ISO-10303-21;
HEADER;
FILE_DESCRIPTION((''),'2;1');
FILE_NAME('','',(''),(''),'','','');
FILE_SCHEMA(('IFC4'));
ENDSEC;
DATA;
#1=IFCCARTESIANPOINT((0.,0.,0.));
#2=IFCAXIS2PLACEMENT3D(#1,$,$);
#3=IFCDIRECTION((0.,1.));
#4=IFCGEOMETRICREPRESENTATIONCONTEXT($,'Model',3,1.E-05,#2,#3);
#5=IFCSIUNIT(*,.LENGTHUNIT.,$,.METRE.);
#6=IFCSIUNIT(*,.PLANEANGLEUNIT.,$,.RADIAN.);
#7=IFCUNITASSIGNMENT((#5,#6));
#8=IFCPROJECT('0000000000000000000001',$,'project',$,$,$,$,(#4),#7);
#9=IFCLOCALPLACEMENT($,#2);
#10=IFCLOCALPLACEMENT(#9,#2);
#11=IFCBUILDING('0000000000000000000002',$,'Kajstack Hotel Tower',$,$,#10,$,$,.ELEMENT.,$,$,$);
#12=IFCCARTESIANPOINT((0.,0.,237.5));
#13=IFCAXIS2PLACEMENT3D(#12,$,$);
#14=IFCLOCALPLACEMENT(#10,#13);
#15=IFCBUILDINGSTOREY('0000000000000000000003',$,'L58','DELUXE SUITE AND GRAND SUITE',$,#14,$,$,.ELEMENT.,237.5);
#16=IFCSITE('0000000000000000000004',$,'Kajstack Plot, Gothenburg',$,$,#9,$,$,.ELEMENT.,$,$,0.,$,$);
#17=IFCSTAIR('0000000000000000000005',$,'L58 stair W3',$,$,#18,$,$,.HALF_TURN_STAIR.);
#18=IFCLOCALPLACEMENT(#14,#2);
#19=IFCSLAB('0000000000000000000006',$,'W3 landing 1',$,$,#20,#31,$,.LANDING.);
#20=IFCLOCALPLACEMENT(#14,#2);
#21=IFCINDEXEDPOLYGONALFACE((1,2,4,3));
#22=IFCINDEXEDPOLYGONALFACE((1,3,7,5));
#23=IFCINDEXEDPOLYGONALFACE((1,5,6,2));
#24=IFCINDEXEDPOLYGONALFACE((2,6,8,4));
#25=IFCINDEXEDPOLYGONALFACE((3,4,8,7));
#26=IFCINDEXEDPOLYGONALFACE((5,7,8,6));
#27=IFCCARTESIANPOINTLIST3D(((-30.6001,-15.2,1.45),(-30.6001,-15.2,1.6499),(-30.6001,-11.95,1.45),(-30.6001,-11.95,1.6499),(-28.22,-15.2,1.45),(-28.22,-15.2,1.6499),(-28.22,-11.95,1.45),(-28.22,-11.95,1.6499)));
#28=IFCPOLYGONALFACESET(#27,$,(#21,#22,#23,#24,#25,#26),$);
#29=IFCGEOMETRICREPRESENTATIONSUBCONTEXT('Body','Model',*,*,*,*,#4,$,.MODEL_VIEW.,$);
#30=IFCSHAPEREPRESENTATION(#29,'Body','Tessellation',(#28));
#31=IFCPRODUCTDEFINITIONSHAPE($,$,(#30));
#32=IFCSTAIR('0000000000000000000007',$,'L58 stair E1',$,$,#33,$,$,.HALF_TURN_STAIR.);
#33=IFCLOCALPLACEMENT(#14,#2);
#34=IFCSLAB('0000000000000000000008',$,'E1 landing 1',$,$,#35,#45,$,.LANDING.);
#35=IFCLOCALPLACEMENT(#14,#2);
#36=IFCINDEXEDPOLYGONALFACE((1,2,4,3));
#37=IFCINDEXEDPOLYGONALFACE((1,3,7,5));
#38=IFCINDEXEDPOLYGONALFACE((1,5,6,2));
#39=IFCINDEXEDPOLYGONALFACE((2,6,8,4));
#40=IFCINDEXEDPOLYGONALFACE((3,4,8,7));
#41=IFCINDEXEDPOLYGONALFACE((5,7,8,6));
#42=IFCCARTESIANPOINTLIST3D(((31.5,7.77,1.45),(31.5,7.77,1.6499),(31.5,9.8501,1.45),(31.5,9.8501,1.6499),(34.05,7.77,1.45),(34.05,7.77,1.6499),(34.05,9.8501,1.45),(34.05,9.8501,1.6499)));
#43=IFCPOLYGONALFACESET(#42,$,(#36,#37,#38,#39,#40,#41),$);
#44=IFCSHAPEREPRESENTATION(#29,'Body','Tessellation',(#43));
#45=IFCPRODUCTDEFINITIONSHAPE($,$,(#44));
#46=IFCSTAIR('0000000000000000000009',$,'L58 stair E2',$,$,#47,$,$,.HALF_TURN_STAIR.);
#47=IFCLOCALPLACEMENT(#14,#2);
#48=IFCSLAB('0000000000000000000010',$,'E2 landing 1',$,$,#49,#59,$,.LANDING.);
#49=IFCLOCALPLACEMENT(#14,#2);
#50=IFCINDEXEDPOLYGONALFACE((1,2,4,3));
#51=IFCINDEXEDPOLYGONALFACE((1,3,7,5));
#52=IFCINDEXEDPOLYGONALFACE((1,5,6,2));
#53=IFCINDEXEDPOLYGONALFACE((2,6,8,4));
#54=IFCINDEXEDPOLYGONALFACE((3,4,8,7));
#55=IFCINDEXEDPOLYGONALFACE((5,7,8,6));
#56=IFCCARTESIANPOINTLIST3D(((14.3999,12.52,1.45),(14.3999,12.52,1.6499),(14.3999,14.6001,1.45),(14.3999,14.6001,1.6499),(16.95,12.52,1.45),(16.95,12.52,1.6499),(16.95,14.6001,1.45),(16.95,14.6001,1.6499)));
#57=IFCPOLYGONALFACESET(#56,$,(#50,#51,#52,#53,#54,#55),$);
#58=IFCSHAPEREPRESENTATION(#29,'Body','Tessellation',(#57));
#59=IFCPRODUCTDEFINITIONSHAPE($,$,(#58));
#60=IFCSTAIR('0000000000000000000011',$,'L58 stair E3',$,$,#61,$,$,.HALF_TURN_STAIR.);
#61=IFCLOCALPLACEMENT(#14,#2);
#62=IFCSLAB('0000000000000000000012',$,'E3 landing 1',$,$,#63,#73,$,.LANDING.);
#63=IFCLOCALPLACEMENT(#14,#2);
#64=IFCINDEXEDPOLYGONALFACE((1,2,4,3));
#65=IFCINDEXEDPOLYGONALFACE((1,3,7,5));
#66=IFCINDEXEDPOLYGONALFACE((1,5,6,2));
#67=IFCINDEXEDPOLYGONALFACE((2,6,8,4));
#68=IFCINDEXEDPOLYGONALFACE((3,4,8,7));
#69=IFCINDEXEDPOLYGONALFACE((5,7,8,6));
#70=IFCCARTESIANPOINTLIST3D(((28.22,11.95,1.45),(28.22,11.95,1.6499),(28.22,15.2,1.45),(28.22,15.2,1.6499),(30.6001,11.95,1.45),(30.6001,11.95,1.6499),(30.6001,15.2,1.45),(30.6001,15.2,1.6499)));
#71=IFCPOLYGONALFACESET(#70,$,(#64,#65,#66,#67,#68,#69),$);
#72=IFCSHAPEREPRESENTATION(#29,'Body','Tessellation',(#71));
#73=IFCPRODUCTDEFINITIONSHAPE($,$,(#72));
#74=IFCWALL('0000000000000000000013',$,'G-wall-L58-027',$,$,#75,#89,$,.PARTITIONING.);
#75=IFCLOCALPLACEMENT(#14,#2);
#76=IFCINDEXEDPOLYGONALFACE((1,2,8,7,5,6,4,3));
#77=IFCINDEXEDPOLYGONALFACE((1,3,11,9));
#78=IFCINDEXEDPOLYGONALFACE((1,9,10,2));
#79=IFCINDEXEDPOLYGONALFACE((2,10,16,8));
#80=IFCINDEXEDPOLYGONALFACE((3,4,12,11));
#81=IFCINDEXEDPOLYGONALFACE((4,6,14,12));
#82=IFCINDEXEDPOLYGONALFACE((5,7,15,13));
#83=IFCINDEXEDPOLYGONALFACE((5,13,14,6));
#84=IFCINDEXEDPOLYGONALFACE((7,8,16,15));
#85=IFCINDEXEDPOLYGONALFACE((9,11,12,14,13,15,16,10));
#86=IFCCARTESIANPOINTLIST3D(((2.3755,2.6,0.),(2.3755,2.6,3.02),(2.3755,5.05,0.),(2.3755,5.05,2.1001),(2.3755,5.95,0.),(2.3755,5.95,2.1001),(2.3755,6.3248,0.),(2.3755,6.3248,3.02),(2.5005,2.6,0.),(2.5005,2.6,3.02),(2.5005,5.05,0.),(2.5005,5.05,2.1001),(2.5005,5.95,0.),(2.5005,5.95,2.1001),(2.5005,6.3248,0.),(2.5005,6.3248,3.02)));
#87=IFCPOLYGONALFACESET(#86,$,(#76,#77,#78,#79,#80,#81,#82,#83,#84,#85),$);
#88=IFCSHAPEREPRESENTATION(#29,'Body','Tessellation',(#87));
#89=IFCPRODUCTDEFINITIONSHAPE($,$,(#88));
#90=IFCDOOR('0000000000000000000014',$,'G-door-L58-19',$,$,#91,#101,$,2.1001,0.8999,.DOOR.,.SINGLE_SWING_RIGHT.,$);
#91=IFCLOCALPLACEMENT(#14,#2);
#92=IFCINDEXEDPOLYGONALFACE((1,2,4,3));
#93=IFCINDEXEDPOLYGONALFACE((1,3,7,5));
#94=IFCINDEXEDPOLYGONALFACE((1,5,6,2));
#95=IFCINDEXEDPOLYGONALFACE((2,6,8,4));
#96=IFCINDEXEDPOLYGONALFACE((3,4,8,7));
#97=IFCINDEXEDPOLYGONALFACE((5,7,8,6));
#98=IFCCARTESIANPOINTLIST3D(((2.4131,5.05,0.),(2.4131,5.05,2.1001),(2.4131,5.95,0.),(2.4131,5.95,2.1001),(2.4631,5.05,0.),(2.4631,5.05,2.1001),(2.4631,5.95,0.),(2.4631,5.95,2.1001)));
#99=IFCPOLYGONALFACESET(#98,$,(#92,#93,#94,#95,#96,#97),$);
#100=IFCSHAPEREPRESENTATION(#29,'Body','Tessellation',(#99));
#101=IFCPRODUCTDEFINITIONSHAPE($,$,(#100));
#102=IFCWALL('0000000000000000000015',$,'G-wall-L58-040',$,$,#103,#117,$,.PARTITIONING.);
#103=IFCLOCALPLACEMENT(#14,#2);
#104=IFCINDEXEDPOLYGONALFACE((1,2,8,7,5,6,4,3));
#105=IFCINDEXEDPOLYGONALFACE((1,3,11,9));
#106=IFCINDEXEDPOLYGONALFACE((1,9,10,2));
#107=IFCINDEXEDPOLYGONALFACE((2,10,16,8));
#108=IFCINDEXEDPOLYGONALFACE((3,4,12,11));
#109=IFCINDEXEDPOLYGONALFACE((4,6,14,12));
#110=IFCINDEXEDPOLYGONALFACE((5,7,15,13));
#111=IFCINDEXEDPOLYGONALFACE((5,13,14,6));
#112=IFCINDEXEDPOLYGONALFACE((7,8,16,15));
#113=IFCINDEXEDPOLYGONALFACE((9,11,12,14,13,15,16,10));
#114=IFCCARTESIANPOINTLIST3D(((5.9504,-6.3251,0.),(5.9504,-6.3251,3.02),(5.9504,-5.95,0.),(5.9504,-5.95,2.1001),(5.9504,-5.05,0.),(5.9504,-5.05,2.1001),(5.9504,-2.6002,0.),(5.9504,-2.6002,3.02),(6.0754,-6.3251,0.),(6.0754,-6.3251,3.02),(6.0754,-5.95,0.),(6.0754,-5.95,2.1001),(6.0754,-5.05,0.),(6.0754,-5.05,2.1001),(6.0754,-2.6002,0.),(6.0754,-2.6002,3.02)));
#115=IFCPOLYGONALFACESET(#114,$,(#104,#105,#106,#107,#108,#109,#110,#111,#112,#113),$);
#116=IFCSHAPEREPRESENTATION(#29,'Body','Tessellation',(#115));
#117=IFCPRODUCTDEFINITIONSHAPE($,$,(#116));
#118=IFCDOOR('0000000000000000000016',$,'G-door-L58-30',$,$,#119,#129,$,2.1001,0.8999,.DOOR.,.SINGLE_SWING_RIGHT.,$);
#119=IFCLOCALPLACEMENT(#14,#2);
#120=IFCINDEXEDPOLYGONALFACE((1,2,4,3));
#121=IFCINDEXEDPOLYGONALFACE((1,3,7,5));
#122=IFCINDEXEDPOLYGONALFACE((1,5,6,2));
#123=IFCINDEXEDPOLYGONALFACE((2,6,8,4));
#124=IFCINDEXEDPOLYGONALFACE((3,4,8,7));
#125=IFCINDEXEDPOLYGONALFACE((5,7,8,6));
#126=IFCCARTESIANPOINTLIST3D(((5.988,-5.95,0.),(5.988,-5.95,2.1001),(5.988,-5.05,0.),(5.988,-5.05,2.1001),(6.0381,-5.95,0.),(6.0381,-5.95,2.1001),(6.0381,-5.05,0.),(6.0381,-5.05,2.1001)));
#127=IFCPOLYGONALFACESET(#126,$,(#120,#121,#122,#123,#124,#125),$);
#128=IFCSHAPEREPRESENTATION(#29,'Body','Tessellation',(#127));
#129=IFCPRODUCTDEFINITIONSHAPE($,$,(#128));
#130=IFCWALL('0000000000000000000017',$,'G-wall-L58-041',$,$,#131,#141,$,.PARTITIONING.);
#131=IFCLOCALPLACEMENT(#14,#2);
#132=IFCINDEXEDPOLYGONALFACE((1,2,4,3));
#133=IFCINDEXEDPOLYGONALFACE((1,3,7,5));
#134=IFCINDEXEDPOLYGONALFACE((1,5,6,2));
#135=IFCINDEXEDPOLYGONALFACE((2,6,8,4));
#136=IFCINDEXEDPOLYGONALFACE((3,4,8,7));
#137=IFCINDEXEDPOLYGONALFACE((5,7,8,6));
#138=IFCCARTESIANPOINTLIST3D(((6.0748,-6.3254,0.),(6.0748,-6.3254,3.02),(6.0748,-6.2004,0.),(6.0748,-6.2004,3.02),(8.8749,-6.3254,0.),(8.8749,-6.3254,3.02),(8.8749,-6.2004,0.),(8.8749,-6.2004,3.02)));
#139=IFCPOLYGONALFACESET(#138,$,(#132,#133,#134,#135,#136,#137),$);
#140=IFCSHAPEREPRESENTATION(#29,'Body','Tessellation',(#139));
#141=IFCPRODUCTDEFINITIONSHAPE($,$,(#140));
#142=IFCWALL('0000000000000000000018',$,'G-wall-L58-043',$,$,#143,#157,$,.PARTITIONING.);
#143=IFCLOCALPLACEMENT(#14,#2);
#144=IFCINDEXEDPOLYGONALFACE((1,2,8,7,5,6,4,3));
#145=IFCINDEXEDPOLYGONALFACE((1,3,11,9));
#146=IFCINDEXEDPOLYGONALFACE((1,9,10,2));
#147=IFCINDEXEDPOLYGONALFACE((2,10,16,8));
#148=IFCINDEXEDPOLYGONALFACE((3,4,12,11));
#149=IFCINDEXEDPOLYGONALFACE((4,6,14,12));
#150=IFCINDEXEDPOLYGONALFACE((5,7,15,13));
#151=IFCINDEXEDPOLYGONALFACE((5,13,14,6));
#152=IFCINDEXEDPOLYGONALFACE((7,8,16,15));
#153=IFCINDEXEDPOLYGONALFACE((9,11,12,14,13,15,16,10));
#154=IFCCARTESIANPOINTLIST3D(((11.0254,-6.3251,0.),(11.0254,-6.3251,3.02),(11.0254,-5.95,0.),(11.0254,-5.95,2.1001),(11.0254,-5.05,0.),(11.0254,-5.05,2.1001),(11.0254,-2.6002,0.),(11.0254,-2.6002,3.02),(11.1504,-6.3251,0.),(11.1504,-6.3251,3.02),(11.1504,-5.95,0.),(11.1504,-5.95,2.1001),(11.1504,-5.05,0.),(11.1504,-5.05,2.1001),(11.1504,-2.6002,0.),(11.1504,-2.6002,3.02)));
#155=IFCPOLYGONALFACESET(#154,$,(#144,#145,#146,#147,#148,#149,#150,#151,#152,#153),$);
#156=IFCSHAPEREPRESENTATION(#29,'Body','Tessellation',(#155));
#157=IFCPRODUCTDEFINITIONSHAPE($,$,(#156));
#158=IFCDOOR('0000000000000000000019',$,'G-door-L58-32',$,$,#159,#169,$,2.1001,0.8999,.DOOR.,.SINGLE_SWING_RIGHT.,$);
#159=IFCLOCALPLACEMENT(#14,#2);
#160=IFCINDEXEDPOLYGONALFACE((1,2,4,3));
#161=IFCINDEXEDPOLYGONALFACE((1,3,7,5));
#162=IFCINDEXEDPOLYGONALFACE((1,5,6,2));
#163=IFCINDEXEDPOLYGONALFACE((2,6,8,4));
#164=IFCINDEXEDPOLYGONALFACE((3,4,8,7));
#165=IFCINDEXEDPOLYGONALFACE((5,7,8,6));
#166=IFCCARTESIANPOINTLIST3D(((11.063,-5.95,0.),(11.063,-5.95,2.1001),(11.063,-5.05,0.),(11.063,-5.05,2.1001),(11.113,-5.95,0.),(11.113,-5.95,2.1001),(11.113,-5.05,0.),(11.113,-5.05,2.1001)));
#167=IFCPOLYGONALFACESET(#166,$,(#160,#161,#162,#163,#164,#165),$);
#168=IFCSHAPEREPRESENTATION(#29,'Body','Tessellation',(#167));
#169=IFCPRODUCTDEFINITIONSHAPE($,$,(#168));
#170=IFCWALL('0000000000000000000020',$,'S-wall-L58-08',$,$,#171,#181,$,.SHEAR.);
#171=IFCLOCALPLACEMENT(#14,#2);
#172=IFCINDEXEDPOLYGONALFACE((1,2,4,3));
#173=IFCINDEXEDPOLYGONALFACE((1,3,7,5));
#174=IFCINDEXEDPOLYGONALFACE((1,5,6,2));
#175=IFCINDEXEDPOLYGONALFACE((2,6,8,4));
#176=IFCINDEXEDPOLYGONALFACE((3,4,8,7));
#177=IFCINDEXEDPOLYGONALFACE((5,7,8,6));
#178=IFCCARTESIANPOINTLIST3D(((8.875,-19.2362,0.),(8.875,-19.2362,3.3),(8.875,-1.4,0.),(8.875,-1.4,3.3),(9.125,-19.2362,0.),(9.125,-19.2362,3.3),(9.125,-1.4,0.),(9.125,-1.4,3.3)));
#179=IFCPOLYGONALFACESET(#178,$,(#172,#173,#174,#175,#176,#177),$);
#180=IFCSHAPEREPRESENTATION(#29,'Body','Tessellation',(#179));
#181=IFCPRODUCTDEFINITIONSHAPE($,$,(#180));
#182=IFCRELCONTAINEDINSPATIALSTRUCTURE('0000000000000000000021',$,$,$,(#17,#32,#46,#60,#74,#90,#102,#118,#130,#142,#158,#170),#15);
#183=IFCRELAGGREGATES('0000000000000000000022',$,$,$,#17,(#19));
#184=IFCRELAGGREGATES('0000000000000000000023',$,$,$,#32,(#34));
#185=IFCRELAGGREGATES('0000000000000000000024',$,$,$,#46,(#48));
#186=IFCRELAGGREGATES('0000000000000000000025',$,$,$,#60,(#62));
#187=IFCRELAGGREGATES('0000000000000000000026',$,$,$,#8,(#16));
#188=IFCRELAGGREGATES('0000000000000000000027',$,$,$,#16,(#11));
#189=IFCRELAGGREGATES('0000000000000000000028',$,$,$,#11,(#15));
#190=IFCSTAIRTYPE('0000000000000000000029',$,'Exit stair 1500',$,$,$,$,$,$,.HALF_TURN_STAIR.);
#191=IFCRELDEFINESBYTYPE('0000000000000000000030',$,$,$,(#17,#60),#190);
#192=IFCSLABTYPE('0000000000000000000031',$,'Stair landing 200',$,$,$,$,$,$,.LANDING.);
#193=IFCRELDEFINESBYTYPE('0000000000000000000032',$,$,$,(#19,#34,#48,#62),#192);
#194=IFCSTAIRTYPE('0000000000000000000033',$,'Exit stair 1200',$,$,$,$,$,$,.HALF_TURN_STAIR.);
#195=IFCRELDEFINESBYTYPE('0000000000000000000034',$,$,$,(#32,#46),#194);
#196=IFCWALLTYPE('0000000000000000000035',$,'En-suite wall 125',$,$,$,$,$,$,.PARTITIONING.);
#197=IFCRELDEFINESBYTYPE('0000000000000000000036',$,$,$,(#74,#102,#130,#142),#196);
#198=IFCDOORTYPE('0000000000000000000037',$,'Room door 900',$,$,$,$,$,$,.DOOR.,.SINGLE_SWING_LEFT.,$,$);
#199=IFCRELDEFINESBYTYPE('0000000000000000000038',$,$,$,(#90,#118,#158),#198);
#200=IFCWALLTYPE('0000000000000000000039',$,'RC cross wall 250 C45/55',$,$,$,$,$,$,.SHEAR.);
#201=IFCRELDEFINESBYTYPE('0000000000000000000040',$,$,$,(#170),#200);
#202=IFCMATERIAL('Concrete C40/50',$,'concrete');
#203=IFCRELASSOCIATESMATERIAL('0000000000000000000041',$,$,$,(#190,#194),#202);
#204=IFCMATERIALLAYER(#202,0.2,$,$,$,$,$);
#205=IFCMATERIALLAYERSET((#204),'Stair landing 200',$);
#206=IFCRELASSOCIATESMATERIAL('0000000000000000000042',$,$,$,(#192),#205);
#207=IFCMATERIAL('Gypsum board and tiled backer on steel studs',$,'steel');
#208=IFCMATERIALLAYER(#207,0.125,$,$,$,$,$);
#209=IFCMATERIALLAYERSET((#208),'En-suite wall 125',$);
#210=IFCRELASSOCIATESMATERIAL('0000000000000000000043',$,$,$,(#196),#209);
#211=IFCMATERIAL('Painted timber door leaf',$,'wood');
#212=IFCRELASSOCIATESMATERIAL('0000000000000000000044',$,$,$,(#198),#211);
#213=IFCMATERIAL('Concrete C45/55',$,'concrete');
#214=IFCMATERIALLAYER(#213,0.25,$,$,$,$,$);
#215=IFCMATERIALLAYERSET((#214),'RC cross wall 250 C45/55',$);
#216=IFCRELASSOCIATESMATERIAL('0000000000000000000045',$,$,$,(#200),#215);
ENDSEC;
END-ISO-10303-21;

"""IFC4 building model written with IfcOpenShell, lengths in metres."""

from ifc_helpers import new_model, si_unit, direction, frame, frame_2d, origin, place, context, subcontext, project, spatial, polyline, rectangle, outline, extrude, material, layer, layer_set, type_object, element, fill, aggregate, save


model = new_model("IFC4")

# Units and contexts
model_context = context("Model", 3, precision=1e-05, world=origin(), true_north=direction((0.0, 1.0)))
body_context = subcontext(model_context, "Body", "Model", "MODEL_VIEW")
ifc_project = project(units=[si_unit("LENGTHUNIT", "METRE"), si_unit("PLANEANGLEUNIT", "RADIAN")], contexts=[model_context])

# Site, building, storey
site_placement = place(None, origin())
site = spatial("IfcSite", under=ifc_project, at=site_placement, Name="Kajstack Plot, Gothenburg", CompositionType="ELEMENT", RefElevation=0.0)
building_placement = place(site_placement, origin())
building = spatial("IfcBuilding", under=site, at=building_placement, Name="Kajstack Hotel Tower", CompositionType="ELEMENT")
storey_placement = place(building_placement, frame((0.0, 0.0, 237.5)))
storey = spatial("IfcBuildingStorey", under=building, at=storey_placement, Name="L58", Description="DELUXE SUITE AND GRAND SUITE", CompositionType="ELEMENT", Elevation=237.5)

# Stairs, slabs
ifc_material_1 = material(Name="Concrete C40/50", Category="concrete")
stair_type_1 = type_object("IfcStairType", Name="Exit stair 1500", PredefinedType="HALF_TURN_STAIR", material=ifc_material_1)
stair_1_placement = place(storey_placement, origin())
stair_1 = element("IfcStair", 1, at=stair_1_placement, inside=storey, type_object=stair_type_1, Name="L58 stair W3", PredefinedType="HALF_TURN_STAIR")
ifc_layer_1 = layer(ifc_material_1, 0.2)
ifc_layer_set_1 = layer_set([ifc_layer_1], Name="Stair landing 200")
slab_type = type_object("IfcSlabType", Name="Stair landing 200", PredefinedType="LANDING", material=ifc_layer_set_1)
slab_1_placement = place(storey_placement, frame((0.0, 0.0, 1.45)))
slab_1 = element("IfcSlab", 2, at=slab_1_placement, type_object=slab_type, Name="W3 landing 1", PredefinedType="LANDING", context=body_context, shape_type="SweptSolid", body=[
    extrude(outline(polyline([(-28.22, -11.95), (-30.6001, -11.95), (-30.6001, -15.2), (-28.22, -15.2), (-28.22, -11.95)])), origin(), (0.0, 0.0, 1.0), 0.2),
])
aggregate(stair_1, [slab_1])
stair_type_2 = type_object("IfcStairType", Name="Exit stair 1200", PredefinedType="HALF_TURN_STAIR", material=ifc_material_1)
stair_2_placement = place(storey_placement, origin())
stair_2 = element("IfcStair", 3, at=stair_2_placement, inside=storey, type_object=stair_type_2, Name="L58 stair E1", PredefinedType="HALF_TURN_STAIR")
slab_2_placement = place(storey_placement, frame((0.0, 0.0, 1.45)))
slab_2 = element("IfcSlab", 4, at=slab_2_placement, type_object=slab_type, Name="E1 landing 1", PredefinedType="LANDING", context=body_context, shape_type="SweptSolid", body=[
    extrude(outline(polyline([(34.05, 7.77), (34.05, 9.8501), (31.5, 9.8501), (31.5, 7.77), (34.05, 7.77)])), origin(), (0.0, 0.0, 1.0), 0.2),
])
aggregate(stair_2, [slab_2])
stair_3_placement = place(storey_placement, origin())
stair_3 = element("IfcStair", 5, at=stair_3_placement, inside=storey, type_object=stair_type_2, Name="L58 stair E2", PredefinedType="HALF_TURN_STAIR")
slab_3_placement = place(storey_placement, frame((0.0, 0.0, 1.45)))
slab_3 = element("IfcSlab", 6, at=slab_3_placement, type_object=slab_type, Name="E2 landing 1", PredefinedType="LANDING", context=body_context, shape_type="SweptSolid", body=[
    extrude(outline(polyline([(16.95, 12.52), (16.95, 14.6001), (14.3999, 14.6001), (14.3999, 12.52), (16.95, 12.52)])), origin(), (0.0, 0.0, 1.0), 0.2),
])
aggregate(stair_3, [slab_3])
stair_4_placement = place(storey_placement, origin())
stair_4 = element("IfcStair", 7, at=stair_4_placement, inside=storey, type_object=stair_type_1, Name="L58 stair E3", PredefinedType="HALF_TURN_STAIR")
slab_4_placement = place(storey_placement, frame((0.0, 0.0, 1.45)))
slab_4 = element("IfcSlab", 8, at=slab_4_placement, type_object=slab_type, Name="E3 landing 1", PredefinedType="LANDING", context=body_context, shape_type="SweptSolid", body=[
    extrude(outline(polyline([(28.22, 11.95), (30.6001, 11.95), (30.6001, 15.2), (28.22, 15.2), (28.22, 11.95)])), origin(), (0.0, 0.0, 1.0), 0.2),
])
aggregate(stair_4, [slab_4])

# Walls, openings, doors
ifc_material_2 = material(Name="Gypsum board and tiled backer on steel studs", Category="steel")
ifc_layer_2 = layer(ifc_material_2, 0.125)
ifc_layer_set_2 = layer_set([ifc_layer_2], Name="En-suite wall 125")
wall_type_1 = type_object("IfcWallType", Name="En-suite wall 125", PredefinedType="PARTITIONING", material=ifc_layer_set_2)
wall_1_placement = place(storey_placement, frame((2.438, 2.6001, 0.0), z_axis=(0.0, 0.0, 1.0), x_axis=(0.0, 1.0, 0.0)))
wall_1 = element("IfcWall", 9, at=wall_1_placement, inside=storey, type_object=wall_type_1, Name="G-wall-L58-027", PredefinedType="PARTITIONING", context=body_context, shape_type="SweptSolid", body=[
    extrude(rectangle(XDim=3.7249, YDim=0.125, at=frame_2d((1.8623, 0.0))), origin(), (0.0, 0.0, 1.0), 3.02),
])
opening_1_placement = place(wall_1_placement, frame((2.45, 0.0, 0.0)))
opening_1 = element("IfcOpeningElement", 10, at=opening_1_placement, cuts=wall_1, PredefinedType="OPENING", context=body_context, shape_type="SweptSolid", body=[
    extrude(rectangle(XDim=0.8999, YDim=2.1001, at=frame_2d((0.45, 1.05))), frame((0.0, 0.0725, 0.0), z_axis=(0.0, -1.0, 0.0), x_axis=(1.0, 0.0, 0.0)), (0.0, 0.0, 1.0), 0.145),
])
ifc_material_3 = material(Name="Painted timber door leaf", Category="wood")
door_type = type_object("IfcDoorType", Name="Room door 900", OperationType="SINGLE_SWING_LEFT", PredefinedType="DOOR", material=ifc_material_3)
door_1_placement = place(opening_1_placement, origin())
door_1 = element("IfcDoor", 11, at=door_1_placement, inside=storey, type_object=door_type, Name="G-door-L58-19", OperationType="SINGLE_SWING_RIGHT", OverallHeight=2.1001, OverallWidth=0.8999, PredefinedType="DOOR", context=body_context, shape_type="SweptSolid", body=[
    extrude(rectangle(XDim=0.8999, YDim=2.1001, at=frame_2d((0.45, 1.05))), frame((0.0, 0.0249, 0.0), z_axis=(0.0, -1.0, 0.0), x_axis=(1.0, 0.0, 0.0)), (0.0, 0.0, 1.0), 0.05),
])
fill(opening_1, door_1)
wall_2_placement = place(storey_placement, frame((6.0129, -6.325, 0.0), z_axis=(0.0, 0.0, 1.0), x_axis=(0.0, 1.0, 0.0)))
wall_2 = element("IfcWall", 12, at=wall_2_placement, inside=storey, type_object=wall_type_1, Name="G-wall-L58-040", PredefinedType="PARTITIONING", context=body_context, shape_type="SweptSolid", body=[
    extrude(rectangle(XDim=3.7249, YDim=0.125, at=frame_2d((1.8623, 0.0))), origin(), (0.0, 0.0, 1.0), 3.02),
])
opening_2_placement = place(wall_2_placement, frame((0.375, 0.0, 0.0)))
opening_2 = element("IfcOpeningElement", 13, at=opening_2_placement, cuts=wall_2, PredefinedType="OPENING", context=body_context, shape_type="SweptSolid", body=[
    extrude(rectangle(XDim=0.8999, YDim=2.1001, at=frame_2d((0.45, 1.05))), frame((0.0, 0.0725, 0.0), z_axis=(0.0, -1.0, 0.0), x_axis=(1.0, 0.0, 0.0)), (0.0, 0.0, 1.0), 0.145),
])
door_2_placement = place(opening_2_placement, origin())
door_2 = element("IfcDoor", 14, at=door_2_placement, inside=storey, type_object=door_type, Name="G-door-L58-30", OperationType="SINGLE_SWING_RIGHT", OverallHeight=2.1001, OverallWidth=0.8999, PredefinedType="DOOR", context=body_context, shape_type="SweptSolid", body=[
    extrude(rectangle(XDim=0.8999, YDim=2.1001, at=frame_2d((0.45, 1.05))), frame((0.0, 0.0249, 0.0), z_axis=(0.0, -1.0, 0.0), x_axis=(1.0, 0.0, 0.0)), (0.0, 0.0, 1.0), 0.05),
])
fill(opening_2, door_2)

# Wall
wall_3_placement = place(storey_placement, frame((6.075, -6.2629, 0.0), z_axis=(0.0, 0.0, 1.0), x_axis=(1.0, 0.0, 0.0)))
element("IfcWall", 15, at=wall_3_placement, inside=storey, type_object=wall_type_1, Name="G-wall-L58-041", PredefinedType="PARTITIONING", context=body_context, shape_type="SweptSolid", body=[
    extrude(rectangle(XDim=2.8, YDim=0.125, at=frame_2d((1.3999, 0.0))), origin(), (0.0, 0.0, 1.0), 3.02),
])

# Wall, opening, door
wall_4_placement = place(storey_placement, frame((11.0879, -6.325, 0.0), z_axis=(0.0, 0.0, 1.0), x_axis=(0.0, 1.0, 0.0)))
wall_4 = element("IfcWall", 16, at=wall_4_placement, inside=storey, type_object=wall_type_1, Name="G-wall-L58-043", PredefinedType="PARTITIONING", context=body_context, shape_type="SweptSolid", body=[
    extrude(rectangle(XDim=3.7249, YDim=0.125, at=frame_2d((1.8623, 0.0))), origin(), (0.0, 0.0, 1.0), 3.02),
])
opening_3_placement = place(wall_4_placement, frame((0.375, 0.0, 0.0)))
opening_3 = element("IfcOpeningElement", 17, at=opening_3_placement, cuts=wall_4, PredefinedType="OPENING", context=body_context, shape_type="SweptSolid", body=[
    extrude(rectangle(XDim=0.8999, YDim=2.1001, at=frame_2d((0.45, 1.05))), frame((0.0, 0.0725, 0.0), z_axis=(0.0, -1.0, 0.0), x_axis=(1.0, 0.0, 0.0)), (0.0, 0.0, 1.0), 0.145),
])
door_3_placement = place(opening_3_placement, origin())
door_3 = element("IfcDoor", 18, at=door_3_placement, inside=storey, type_object=door_type, Name="G-door-L58-32", OperationType="SINGLE_SWING_RIGHT", OverallHeight=2.1001, OverallWidth=0.8999, PredefinedType="DOOR", context=body_context, shape_type="SweptSolid", body=[
    extrude(rectangle(XDim=0.8999, YDim=2.1001, at=frame_2d((0.45, 1.05))), frame((0.0, 0.0249, 0.0), z_axis=(0.0, -1.0, 0.0), x_axis=(1.0, 0.0, 0.0)), (0.0, 0.0, 1.0), 0.05),
])
fill(opening_3, door_3)

# Wall
ifc_material_4 = material(Name="Concrete C45/55", Category="concrete")
ifc_layer_3 = layer(ifc_material_4, 0.25)
ifc_layer_set_3 = layer_set([ifc_layer_3], Name="RC cross wall 250 C45/55")
wall_type_2 = type_object("IfcWallType", Name="RC cross wall 250 C45/55", PredefinedType="SHEAR", material=ifc_layer_set_3)
wall_5_placement = place(storey_placement, frame((9.0, -19.2361, 0.0), z_axis=(0.0, 0.0, 1.0), x_axis=(0.0, 1.0, 0.0)))
element("IfcWall", 19, at=wall_5_placement, inside=storey, type_object=wall_type_2, Name="S-wall-L58-08", PredefinedType="SHEAR", context=body_context, shape_type="SweptSolid", body=[
    extrude(rectangle(XDim=17.8362, YDim=0.25, at=frame_2d((8.918, 0.0))), origin(), (0.0, 0.0, 1.0), 3.3),
])

save(model, "model.ifc")
